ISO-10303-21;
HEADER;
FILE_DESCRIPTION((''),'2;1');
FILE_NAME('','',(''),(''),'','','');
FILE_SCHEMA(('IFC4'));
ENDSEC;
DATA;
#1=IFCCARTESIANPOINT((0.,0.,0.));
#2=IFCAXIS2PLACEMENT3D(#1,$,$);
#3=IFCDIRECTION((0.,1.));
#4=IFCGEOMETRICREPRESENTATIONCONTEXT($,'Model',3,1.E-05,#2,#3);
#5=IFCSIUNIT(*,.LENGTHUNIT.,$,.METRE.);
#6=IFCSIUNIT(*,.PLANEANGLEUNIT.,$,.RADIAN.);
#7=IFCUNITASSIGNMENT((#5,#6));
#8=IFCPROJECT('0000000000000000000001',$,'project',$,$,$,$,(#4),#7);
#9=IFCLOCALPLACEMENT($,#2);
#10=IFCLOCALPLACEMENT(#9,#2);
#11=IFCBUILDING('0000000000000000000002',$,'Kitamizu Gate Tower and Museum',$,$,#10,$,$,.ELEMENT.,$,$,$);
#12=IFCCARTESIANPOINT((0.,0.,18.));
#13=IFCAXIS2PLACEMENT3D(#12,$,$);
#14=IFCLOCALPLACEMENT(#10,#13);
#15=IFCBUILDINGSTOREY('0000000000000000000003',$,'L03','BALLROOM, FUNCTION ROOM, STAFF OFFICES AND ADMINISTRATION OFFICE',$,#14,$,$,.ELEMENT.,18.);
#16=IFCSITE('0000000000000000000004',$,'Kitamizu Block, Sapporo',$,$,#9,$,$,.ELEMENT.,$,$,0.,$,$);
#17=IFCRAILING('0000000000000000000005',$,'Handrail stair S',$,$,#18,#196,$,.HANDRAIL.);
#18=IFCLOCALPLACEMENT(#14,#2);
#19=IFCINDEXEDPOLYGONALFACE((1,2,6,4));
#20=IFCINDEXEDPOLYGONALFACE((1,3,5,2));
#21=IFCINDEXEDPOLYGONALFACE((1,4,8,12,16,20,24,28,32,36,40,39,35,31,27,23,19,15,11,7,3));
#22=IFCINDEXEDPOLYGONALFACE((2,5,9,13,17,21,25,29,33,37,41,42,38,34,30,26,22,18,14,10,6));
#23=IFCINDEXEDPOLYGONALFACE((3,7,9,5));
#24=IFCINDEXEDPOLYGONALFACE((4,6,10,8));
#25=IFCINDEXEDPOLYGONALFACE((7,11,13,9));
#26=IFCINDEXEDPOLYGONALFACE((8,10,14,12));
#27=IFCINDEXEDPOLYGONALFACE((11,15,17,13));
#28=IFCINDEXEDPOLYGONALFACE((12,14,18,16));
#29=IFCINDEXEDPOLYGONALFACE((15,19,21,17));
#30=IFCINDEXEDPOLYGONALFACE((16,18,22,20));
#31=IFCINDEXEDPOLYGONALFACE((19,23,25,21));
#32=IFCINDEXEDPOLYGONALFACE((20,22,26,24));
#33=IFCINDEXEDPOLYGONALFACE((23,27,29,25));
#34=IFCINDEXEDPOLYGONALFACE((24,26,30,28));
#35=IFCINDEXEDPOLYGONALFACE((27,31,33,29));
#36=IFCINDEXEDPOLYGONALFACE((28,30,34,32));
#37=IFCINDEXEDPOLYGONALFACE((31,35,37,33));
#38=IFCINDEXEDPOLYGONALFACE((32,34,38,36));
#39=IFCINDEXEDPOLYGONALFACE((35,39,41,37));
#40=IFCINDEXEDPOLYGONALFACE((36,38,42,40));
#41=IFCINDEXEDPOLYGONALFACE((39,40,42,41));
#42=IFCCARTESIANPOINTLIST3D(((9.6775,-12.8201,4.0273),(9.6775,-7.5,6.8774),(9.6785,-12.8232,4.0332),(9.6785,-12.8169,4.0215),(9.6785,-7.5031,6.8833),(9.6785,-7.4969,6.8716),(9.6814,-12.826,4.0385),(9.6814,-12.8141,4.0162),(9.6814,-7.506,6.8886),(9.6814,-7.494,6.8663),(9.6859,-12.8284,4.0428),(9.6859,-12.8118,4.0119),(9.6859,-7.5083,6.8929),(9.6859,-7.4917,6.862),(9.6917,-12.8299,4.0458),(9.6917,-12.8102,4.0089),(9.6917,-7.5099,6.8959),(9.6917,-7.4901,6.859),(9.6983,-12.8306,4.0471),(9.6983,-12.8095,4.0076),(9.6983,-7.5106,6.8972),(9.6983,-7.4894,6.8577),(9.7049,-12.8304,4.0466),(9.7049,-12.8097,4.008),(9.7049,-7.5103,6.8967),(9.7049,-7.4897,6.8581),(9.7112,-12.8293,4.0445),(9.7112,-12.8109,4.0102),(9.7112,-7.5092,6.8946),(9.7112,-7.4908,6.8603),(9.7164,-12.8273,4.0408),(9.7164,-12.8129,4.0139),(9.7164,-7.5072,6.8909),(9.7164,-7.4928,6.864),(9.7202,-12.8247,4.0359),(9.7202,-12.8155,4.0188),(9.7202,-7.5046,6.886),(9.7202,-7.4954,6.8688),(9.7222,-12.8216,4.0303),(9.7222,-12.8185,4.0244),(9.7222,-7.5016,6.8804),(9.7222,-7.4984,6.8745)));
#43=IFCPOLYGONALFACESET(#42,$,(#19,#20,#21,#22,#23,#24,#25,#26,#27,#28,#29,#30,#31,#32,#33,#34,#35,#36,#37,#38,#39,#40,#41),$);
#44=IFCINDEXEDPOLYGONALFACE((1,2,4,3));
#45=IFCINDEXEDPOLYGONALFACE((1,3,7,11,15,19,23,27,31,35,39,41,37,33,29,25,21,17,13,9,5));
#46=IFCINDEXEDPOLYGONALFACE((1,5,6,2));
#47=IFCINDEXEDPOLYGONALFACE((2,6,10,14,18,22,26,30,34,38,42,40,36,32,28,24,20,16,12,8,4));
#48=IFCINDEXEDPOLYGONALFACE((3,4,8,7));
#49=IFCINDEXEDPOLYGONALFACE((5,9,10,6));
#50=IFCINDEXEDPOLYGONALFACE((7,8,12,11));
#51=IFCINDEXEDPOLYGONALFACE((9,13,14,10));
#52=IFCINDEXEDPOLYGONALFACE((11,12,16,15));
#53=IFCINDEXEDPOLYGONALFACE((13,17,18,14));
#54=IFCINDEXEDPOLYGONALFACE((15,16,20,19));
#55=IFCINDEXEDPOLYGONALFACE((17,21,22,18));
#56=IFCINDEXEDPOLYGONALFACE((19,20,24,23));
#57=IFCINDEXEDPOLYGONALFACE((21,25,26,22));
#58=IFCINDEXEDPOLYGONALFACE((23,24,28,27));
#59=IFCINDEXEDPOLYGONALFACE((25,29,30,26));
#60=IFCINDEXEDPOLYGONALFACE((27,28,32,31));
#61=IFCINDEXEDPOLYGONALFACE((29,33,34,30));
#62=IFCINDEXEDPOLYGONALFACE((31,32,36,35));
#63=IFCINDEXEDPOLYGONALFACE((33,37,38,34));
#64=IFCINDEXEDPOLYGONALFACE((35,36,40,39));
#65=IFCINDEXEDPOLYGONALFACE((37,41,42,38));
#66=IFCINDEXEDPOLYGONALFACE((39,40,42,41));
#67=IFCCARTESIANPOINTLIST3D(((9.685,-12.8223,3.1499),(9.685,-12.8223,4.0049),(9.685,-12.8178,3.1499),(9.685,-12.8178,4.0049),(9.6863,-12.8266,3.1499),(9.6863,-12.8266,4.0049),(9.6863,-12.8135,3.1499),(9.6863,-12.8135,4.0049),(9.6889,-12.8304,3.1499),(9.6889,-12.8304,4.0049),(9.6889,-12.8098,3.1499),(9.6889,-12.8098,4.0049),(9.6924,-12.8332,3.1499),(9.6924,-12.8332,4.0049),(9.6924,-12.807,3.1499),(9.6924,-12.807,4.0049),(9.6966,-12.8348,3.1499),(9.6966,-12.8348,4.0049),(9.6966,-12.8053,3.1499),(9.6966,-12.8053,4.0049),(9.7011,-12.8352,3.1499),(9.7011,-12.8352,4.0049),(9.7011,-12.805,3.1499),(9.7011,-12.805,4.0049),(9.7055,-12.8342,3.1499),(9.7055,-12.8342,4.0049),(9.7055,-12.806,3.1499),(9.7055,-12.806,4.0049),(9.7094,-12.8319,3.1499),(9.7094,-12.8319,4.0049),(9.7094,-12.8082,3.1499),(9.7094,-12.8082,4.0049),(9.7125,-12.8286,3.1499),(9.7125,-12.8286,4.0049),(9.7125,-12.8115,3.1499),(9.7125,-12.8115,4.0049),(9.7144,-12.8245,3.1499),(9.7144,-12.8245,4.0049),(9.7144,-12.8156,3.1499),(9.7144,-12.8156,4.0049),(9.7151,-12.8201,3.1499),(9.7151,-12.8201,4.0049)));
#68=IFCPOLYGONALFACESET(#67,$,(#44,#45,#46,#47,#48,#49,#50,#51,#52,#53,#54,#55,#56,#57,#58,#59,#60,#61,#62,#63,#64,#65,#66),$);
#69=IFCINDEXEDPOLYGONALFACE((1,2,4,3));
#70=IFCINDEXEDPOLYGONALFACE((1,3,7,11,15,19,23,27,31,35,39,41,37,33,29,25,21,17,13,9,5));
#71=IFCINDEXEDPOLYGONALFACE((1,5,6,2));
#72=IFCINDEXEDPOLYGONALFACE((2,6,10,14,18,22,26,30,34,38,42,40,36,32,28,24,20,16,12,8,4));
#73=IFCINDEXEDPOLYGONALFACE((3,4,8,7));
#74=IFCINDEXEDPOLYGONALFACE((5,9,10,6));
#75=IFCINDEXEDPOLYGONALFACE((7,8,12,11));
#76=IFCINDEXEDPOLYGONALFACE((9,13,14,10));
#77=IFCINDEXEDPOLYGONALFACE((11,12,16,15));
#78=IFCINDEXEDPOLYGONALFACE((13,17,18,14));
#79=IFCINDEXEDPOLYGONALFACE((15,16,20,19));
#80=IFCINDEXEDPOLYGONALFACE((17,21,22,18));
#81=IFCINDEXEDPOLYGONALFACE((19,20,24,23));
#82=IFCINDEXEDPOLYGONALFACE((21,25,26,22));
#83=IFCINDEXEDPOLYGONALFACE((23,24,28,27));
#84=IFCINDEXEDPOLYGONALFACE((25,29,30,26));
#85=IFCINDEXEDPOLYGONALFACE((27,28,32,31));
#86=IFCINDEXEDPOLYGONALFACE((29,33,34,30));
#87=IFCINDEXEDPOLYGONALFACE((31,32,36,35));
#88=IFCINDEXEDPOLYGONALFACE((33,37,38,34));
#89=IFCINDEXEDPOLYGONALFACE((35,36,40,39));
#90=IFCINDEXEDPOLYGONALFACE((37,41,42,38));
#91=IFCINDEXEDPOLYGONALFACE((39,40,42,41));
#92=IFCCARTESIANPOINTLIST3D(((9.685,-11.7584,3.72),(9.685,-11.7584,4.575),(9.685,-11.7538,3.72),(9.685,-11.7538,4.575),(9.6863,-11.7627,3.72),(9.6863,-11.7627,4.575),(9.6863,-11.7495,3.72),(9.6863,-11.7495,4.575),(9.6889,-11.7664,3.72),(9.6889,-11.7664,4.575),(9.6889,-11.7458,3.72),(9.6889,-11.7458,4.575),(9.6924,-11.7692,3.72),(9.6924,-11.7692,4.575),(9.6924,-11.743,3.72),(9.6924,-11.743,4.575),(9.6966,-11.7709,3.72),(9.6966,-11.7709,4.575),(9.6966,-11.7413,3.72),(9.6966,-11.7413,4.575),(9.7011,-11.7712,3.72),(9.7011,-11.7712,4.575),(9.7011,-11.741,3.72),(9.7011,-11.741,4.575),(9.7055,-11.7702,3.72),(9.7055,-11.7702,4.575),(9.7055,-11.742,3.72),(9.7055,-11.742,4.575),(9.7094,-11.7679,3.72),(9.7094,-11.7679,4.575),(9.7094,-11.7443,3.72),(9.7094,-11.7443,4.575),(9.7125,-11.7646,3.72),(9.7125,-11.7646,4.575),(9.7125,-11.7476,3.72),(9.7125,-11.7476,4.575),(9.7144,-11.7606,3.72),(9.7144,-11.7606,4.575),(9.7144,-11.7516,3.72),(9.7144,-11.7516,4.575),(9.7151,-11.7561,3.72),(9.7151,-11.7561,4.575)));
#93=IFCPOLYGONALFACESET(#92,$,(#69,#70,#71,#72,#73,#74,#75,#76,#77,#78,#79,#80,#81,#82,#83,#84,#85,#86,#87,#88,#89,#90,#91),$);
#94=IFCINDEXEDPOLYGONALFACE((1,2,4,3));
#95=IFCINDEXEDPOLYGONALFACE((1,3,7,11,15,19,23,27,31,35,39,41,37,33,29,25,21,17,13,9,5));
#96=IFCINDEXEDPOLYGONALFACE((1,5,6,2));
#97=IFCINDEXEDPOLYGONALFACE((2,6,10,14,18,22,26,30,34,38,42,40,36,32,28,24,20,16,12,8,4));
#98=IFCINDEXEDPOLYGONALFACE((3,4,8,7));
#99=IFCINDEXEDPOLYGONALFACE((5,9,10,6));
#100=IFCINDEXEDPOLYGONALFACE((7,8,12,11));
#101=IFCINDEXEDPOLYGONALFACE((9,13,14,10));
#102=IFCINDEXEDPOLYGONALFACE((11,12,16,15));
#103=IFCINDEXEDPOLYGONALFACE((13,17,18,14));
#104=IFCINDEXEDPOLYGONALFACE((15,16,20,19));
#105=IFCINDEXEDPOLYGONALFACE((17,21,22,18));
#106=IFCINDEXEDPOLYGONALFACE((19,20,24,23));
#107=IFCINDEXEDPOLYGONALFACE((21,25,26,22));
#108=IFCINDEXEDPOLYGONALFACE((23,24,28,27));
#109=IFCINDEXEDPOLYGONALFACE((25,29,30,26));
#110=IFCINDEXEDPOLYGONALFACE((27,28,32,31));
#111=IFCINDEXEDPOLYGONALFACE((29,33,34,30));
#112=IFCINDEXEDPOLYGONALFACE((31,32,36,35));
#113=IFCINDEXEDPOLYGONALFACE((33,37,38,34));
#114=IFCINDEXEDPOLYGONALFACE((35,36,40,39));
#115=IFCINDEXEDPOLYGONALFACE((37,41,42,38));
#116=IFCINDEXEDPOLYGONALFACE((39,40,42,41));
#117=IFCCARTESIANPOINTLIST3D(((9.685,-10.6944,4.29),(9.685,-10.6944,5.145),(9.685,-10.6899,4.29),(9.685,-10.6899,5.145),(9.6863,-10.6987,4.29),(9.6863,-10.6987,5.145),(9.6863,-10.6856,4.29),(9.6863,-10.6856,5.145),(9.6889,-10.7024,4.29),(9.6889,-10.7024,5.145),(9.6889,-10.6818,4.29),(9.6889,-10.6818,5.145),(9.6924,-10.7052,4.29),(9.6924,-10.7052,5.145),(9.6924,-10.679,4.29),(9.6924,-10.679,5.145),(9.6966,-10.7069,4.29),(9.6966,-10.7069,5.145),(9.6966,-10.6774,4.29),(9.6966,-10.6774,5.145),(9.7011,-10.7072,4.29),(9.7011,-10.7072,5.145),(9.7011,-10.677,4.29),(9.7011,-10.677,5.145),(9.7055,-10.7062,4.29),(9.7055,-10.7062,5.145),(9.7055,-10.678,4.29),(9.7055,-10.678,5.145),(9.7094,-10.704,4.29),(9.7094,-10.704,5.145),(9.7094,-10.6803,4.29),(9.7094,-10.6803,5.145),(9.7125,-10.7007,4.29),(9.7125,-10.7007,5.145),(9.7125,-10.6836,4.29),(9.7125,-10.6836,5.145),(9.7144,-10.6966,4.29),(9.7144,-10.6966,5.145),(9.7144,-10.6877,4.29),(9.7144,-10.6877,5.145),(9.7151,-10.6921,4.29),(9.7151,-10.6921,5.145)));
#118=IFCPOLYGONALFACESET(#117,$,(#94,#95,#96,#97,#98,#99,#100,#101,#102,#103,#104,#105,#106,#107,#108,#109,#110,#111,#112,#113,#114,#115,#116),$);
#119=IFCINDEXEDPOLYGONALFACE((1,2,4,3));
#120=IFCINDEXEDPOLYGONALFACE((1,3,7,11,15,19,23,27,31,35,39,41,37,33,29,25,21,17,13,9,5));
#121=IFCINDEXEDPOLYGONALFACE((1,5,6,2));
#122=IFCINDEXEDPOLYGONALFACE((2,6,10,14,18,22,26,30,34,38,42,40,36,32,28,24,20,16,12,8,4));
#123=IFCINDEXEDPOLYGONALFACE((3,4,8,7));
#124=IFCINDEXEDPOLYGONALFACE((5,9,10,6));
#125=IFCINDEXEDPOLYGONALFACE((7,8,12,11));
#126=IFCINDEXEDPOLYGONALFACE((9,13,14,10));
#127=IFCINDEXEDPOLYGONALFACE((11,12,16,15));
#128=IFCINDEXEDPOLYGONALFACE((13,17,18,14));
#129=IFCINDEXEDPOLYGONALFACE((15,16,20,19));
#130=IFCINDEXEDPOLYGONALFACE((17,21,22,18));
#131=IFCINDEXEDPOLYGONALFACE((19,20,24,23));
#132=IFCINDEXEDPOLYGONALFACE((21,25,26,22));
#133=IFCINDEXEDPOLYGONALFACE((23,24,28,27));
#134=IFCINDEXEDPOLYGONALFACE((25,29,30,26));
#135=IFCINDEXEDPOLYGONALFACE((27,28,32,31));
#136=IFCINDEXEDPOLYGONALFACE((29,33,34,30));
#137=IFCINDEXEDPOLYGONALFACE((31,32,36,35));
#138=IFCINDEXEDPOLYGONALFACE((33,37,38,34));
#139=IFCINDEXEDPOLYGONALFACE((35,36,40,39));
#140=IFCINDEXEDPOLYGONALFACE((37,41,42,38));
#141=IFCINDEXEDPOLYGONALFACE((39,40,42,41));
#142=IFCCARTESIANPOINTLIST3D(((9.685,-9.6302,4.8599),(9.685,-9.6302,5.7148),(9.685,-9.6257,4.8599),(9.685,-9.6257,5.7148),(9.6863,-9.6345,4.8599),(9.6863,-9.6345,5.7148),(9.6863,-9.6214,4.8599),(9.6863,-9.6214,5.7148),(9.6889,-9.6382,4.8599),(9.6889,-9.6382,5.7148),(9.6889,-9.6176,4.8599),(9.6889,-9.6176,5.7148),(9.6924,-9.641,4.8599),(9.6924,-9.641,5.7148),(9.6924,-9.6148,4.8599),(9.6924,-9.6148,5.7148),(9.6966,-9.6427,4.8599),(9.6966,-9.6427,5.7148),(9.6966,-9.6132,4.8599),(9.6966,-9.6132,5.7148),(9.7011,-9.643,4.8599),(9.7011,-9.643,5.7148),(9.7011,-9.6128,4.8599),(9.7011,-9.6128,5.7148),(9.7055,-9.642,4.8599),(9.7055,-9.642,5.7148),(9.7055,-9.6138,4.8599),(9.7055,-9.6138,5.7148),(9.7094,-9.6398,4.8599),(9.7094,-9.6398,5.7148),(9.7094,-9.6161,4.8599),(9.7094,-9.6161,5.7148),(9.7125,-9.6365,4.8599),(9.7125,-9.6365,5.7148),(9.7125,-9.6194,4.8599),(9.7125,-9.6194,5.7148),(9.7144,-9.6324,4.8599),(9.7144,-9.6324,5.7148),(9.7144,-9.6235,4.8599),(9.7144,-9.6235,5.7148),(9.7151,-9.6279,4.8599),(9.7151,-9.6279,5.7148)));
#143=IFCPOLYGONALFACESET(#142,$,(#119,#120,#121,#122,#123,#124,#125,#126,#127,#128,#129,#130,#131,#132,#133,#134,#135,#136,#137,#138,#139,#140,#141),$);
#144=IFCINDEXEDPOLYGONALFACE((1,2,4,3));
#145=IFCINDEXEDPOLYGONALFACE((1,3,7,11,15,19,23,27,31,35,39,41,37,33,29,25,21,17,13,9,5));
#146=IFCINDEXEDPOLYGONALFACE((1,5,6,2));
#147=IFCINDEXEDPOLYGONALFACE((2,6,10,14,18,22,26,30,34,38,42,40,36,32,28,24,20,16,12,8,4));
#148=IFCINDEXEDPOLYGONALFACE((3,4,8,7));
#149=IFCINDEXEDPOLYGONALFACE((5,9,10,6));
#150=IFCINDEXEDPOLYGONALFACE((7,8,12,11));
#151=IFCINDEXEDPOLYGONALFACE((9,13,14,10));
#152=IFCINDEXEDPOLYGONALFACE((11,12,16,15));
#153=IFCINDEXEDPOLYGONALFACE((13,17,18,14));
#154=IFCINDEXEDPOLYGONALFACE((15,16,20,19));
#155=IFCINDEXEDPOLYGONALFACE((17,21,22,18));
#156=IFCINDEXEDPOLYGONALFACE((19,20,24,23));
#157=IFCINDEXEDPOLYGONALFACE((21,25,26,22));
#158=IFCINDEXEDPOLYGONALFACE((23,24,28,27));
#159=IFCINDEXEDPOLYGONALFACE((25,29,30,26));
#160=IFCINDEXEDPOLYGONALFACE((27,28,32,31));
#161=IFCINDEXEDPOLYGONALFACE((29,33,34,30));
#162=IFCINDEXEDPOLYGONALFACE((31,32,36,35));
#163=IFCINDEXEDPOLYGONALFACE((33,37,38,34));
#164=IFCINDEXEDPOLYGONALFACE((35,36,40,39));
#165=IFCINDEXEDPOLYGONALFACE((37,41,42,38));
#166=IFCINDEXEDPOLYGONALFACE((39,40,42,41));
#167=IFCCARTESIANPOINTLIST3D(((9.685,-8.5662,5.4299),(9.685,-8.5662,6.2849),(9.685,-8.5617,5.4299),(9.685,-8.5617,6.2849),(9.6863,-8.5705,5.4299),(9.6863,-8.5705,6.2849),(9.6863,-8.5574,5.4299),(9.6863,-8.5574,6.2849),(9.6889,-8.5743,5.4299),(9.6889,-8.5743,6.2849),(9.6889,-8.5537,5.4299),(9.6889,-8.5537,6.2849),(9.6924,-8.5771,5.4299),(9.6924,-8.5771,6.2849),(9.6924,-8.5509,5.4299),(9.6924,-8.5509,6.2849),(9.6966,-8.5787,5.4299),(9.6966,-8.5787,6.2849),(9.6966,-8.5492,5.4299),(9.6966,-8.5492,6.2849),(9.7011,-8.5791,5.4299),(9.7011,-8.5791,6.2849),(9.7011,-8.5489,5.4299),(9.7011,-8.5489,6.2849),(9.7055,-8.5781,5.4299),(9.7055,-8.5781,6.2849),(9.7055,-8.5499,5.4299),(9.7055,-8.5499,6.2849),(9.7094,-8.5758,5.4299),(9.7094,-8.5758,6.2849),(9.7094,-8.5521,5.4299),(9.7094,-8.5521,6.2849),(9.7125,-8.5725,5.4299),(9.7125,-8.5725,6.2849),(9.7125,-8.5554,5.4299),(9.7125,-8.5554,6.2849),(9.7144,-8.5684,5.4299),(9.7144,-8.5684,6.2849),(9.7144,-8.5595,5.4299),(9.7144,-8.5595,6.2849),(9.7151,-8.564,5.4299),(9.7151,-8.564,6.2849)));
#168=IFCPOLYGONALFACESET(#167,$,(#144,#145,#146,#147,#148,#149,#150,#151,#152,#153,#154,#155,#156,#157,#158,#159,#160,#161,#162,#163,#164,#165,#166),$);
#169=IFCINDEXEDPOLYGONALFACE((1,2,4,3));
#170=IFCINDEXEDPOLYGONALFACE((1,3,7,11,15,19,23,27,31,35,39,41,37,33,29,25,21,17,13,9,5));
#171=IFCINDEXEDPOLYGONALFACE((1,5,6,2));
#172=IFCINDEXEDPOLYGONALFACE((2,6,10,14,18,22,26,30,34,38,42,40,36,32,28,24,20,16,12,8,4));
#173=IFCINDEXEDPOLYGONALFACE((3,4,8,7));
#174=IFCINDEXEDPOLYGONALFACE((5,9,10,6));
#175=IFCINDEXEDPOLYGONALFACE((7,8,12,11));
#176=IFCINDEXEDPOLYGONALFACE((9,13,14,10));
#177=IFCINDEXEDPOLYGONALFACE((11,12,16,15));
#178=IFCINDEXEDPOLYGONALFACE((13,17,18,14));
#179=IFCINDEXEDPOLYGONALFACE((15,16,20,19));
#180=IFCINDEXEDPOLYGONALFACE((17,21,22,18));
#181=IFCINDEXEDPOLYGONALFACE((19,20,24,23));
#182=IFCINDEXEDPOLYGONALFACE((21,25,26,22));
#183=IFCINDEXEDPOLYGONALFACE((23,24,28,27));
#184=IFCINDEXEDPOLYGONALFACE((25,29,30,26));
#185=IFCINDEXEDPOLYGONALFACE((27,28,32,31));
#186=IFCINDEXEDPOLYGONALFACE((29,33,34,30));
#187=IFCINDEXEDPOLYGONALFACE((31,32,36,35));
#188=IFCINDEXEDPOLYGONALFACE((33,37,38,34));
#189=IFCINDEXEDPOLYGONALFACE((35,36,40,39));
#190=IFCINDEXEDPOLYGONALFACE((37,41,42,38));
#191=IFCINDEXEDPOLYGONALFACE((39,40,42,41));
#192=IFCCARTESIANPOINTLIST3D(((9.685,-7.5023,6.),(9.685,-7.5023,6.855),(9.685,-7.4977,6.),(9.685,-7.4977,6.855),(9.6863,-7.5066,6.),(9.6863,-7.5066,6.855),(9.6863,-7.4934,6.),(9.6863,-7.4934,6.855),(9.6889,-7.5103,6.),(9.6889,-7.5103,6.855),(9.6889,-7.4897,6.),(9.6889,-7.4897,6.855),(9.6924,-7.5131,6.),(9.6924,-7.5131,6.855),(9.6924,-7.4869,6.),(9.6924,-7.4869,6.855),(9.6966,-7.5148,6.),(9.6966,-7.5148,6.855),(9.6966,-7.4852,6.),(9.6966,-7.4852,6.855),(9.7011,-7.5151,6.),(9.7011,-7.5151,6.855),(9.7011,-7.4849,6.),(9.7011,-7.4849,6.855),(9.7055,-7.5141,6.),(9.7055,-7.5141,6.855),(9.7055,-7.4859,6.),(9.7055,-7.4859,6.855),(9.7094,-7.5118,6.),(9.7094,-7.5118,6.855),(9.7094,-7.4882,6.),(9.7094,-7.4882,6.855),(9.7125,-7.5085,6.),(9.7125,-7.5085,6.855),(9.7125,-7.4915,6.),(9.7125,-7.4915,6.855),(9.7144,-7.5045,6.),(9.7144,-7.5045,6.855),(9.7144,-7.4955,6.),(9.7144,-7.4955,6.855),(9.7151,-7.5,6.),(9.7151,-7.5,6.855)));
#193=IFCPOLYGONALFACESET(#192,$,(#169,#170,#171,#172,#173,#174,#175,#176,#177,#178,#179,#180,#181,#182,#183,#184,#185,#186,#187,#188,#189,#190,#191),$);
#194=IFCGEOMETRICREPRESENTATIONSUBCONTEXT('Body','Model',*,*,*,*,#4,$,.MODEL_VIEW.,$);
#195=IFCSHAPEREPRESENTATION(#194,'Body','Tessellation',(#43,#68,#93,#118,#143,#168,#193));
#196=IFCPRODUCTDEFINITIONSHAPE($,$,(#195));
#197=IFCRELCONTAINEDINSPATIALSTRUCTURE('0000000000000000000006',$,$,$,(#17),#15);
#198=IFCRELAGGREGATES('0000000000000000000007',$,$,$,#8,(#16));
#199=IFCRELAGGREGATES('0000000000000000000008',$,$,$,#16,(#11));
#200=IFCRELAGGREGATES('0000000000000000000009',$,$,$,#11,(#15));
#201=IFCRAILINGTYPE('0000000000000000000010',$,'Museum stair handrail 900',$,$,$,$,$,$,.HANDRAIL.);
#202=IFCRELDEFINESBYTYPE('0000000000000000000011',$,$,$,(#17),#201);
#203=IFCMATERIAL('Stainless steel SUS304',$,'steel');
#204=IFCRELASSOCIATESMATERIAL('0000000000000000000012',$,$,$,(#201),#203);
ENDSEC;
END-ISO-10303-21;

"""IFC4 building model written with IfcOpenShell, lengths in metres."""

from ifc_helpers import new_model, si_unit, direction, frame, origin, origin_2d, place, context, subcontext, project, spatial, circle, extrude, material, type_object, element, save


model = new_model("IFC4")

# Units and contexts
model_context = context("Model", 3, precision=1e-05, world=origin(), true_north=direction((0.0, 1.0)))
body_context = subcontext(model_context, "Body", "Model", "MODEL_VIEW")
ifc_project = project(units=[si_unit("LENGTHUNIT", "METRE"), si_unit("PLANEANGLEUNIT", "RADIAN")], contexts=[model_context])

# Site, building, storey
site_placement = place(None, origin())
site = spatial("IfcSite", under=ifc_project, at=site_placement, Name="Kitamizu Block, Sapporo", CompositionType="ELEMENT", RefElevation=0.0)
building_placement = place(site_placement, origin())
building = spatial("IfcBuilding", under=site, at=building_placement, Name="Kitamizu Gate Tower and Museum", CompositionType="ELEMENT")
storey_placement = place(building_placement, frame((0.0, 0.0, 18.0)))
storey = spatial("IfcBuildingStorey", under=building, at=storey_placement, Name="L03", Description="BALLROOM, FUNCTION ROOM, STAFF OFFICES AND ADMINISTRATION OFFICE", CompositionType="ELEMENT", Elevation=18.0)

# Railing
ifc_material_1 = material(Name="Stainless steel SUS304", Category="steel")
railing_type = type_object("IfcRailingType", Name="Museum stair handrail 900", PredefinedType="HANDRAIL", material=ifc_material_1)
for number, where, name in (
    (1, (9.7, -12.8201, 3.1499), "Handrail stair S"),
):
    element("IfcRailing", number, at=place(storey_placement, frame(where)), inside=storey, type_object=railing_type, Name=name, PredefinedType="HANDRAIL", context=body_context, shape_type="SweptSolid", body=[
        extrude(circle(Radius=0.0225, at=origin_2d()), frame((0.0, 0.0, 0.8774), z_axis=(0.0, 0.881476, 0.472229), x_axis=(-1.0, 0.0, 0.0)), (0.0, 0.0, 1.0), 6.0354),
        extrude(circle(Radius=0.0151, at=origin_2d()), origin(), (0.0, 0.0, 1.0), 0.855),
        extrude(circle(Radius=0.0151, at=origin_2d()), frame((0.0, 1.064, 0.5701)), (0.0, 0.0, 1.0), 0.855),
        extrude(circle(Radius=0.0151, at=origin_2d()), frame((0.0, 2.1279, 1.1401)), (0.0, 0.0, 1.0), 0.855),
        extrude(circle(Radius=0.0151, at=origin_2d()), frame((0.0, 3.1921, 1.71)), (0.0, 0.0, 1.0), 0.855),
        extrude(circle(Radius=0.0151, at=origin_2d()), frame((0.0, 4.2561, 2.28)), (0.0, 0.0, 1.0), 0.855),
        extrude(circle(Radius=0.0151, at=origin_2d()), frame((0.0, 5.3201, 2.8501)), (0.0, 0.0, 1.0), 0.855),
    ])

save(model, "model.ifc")
